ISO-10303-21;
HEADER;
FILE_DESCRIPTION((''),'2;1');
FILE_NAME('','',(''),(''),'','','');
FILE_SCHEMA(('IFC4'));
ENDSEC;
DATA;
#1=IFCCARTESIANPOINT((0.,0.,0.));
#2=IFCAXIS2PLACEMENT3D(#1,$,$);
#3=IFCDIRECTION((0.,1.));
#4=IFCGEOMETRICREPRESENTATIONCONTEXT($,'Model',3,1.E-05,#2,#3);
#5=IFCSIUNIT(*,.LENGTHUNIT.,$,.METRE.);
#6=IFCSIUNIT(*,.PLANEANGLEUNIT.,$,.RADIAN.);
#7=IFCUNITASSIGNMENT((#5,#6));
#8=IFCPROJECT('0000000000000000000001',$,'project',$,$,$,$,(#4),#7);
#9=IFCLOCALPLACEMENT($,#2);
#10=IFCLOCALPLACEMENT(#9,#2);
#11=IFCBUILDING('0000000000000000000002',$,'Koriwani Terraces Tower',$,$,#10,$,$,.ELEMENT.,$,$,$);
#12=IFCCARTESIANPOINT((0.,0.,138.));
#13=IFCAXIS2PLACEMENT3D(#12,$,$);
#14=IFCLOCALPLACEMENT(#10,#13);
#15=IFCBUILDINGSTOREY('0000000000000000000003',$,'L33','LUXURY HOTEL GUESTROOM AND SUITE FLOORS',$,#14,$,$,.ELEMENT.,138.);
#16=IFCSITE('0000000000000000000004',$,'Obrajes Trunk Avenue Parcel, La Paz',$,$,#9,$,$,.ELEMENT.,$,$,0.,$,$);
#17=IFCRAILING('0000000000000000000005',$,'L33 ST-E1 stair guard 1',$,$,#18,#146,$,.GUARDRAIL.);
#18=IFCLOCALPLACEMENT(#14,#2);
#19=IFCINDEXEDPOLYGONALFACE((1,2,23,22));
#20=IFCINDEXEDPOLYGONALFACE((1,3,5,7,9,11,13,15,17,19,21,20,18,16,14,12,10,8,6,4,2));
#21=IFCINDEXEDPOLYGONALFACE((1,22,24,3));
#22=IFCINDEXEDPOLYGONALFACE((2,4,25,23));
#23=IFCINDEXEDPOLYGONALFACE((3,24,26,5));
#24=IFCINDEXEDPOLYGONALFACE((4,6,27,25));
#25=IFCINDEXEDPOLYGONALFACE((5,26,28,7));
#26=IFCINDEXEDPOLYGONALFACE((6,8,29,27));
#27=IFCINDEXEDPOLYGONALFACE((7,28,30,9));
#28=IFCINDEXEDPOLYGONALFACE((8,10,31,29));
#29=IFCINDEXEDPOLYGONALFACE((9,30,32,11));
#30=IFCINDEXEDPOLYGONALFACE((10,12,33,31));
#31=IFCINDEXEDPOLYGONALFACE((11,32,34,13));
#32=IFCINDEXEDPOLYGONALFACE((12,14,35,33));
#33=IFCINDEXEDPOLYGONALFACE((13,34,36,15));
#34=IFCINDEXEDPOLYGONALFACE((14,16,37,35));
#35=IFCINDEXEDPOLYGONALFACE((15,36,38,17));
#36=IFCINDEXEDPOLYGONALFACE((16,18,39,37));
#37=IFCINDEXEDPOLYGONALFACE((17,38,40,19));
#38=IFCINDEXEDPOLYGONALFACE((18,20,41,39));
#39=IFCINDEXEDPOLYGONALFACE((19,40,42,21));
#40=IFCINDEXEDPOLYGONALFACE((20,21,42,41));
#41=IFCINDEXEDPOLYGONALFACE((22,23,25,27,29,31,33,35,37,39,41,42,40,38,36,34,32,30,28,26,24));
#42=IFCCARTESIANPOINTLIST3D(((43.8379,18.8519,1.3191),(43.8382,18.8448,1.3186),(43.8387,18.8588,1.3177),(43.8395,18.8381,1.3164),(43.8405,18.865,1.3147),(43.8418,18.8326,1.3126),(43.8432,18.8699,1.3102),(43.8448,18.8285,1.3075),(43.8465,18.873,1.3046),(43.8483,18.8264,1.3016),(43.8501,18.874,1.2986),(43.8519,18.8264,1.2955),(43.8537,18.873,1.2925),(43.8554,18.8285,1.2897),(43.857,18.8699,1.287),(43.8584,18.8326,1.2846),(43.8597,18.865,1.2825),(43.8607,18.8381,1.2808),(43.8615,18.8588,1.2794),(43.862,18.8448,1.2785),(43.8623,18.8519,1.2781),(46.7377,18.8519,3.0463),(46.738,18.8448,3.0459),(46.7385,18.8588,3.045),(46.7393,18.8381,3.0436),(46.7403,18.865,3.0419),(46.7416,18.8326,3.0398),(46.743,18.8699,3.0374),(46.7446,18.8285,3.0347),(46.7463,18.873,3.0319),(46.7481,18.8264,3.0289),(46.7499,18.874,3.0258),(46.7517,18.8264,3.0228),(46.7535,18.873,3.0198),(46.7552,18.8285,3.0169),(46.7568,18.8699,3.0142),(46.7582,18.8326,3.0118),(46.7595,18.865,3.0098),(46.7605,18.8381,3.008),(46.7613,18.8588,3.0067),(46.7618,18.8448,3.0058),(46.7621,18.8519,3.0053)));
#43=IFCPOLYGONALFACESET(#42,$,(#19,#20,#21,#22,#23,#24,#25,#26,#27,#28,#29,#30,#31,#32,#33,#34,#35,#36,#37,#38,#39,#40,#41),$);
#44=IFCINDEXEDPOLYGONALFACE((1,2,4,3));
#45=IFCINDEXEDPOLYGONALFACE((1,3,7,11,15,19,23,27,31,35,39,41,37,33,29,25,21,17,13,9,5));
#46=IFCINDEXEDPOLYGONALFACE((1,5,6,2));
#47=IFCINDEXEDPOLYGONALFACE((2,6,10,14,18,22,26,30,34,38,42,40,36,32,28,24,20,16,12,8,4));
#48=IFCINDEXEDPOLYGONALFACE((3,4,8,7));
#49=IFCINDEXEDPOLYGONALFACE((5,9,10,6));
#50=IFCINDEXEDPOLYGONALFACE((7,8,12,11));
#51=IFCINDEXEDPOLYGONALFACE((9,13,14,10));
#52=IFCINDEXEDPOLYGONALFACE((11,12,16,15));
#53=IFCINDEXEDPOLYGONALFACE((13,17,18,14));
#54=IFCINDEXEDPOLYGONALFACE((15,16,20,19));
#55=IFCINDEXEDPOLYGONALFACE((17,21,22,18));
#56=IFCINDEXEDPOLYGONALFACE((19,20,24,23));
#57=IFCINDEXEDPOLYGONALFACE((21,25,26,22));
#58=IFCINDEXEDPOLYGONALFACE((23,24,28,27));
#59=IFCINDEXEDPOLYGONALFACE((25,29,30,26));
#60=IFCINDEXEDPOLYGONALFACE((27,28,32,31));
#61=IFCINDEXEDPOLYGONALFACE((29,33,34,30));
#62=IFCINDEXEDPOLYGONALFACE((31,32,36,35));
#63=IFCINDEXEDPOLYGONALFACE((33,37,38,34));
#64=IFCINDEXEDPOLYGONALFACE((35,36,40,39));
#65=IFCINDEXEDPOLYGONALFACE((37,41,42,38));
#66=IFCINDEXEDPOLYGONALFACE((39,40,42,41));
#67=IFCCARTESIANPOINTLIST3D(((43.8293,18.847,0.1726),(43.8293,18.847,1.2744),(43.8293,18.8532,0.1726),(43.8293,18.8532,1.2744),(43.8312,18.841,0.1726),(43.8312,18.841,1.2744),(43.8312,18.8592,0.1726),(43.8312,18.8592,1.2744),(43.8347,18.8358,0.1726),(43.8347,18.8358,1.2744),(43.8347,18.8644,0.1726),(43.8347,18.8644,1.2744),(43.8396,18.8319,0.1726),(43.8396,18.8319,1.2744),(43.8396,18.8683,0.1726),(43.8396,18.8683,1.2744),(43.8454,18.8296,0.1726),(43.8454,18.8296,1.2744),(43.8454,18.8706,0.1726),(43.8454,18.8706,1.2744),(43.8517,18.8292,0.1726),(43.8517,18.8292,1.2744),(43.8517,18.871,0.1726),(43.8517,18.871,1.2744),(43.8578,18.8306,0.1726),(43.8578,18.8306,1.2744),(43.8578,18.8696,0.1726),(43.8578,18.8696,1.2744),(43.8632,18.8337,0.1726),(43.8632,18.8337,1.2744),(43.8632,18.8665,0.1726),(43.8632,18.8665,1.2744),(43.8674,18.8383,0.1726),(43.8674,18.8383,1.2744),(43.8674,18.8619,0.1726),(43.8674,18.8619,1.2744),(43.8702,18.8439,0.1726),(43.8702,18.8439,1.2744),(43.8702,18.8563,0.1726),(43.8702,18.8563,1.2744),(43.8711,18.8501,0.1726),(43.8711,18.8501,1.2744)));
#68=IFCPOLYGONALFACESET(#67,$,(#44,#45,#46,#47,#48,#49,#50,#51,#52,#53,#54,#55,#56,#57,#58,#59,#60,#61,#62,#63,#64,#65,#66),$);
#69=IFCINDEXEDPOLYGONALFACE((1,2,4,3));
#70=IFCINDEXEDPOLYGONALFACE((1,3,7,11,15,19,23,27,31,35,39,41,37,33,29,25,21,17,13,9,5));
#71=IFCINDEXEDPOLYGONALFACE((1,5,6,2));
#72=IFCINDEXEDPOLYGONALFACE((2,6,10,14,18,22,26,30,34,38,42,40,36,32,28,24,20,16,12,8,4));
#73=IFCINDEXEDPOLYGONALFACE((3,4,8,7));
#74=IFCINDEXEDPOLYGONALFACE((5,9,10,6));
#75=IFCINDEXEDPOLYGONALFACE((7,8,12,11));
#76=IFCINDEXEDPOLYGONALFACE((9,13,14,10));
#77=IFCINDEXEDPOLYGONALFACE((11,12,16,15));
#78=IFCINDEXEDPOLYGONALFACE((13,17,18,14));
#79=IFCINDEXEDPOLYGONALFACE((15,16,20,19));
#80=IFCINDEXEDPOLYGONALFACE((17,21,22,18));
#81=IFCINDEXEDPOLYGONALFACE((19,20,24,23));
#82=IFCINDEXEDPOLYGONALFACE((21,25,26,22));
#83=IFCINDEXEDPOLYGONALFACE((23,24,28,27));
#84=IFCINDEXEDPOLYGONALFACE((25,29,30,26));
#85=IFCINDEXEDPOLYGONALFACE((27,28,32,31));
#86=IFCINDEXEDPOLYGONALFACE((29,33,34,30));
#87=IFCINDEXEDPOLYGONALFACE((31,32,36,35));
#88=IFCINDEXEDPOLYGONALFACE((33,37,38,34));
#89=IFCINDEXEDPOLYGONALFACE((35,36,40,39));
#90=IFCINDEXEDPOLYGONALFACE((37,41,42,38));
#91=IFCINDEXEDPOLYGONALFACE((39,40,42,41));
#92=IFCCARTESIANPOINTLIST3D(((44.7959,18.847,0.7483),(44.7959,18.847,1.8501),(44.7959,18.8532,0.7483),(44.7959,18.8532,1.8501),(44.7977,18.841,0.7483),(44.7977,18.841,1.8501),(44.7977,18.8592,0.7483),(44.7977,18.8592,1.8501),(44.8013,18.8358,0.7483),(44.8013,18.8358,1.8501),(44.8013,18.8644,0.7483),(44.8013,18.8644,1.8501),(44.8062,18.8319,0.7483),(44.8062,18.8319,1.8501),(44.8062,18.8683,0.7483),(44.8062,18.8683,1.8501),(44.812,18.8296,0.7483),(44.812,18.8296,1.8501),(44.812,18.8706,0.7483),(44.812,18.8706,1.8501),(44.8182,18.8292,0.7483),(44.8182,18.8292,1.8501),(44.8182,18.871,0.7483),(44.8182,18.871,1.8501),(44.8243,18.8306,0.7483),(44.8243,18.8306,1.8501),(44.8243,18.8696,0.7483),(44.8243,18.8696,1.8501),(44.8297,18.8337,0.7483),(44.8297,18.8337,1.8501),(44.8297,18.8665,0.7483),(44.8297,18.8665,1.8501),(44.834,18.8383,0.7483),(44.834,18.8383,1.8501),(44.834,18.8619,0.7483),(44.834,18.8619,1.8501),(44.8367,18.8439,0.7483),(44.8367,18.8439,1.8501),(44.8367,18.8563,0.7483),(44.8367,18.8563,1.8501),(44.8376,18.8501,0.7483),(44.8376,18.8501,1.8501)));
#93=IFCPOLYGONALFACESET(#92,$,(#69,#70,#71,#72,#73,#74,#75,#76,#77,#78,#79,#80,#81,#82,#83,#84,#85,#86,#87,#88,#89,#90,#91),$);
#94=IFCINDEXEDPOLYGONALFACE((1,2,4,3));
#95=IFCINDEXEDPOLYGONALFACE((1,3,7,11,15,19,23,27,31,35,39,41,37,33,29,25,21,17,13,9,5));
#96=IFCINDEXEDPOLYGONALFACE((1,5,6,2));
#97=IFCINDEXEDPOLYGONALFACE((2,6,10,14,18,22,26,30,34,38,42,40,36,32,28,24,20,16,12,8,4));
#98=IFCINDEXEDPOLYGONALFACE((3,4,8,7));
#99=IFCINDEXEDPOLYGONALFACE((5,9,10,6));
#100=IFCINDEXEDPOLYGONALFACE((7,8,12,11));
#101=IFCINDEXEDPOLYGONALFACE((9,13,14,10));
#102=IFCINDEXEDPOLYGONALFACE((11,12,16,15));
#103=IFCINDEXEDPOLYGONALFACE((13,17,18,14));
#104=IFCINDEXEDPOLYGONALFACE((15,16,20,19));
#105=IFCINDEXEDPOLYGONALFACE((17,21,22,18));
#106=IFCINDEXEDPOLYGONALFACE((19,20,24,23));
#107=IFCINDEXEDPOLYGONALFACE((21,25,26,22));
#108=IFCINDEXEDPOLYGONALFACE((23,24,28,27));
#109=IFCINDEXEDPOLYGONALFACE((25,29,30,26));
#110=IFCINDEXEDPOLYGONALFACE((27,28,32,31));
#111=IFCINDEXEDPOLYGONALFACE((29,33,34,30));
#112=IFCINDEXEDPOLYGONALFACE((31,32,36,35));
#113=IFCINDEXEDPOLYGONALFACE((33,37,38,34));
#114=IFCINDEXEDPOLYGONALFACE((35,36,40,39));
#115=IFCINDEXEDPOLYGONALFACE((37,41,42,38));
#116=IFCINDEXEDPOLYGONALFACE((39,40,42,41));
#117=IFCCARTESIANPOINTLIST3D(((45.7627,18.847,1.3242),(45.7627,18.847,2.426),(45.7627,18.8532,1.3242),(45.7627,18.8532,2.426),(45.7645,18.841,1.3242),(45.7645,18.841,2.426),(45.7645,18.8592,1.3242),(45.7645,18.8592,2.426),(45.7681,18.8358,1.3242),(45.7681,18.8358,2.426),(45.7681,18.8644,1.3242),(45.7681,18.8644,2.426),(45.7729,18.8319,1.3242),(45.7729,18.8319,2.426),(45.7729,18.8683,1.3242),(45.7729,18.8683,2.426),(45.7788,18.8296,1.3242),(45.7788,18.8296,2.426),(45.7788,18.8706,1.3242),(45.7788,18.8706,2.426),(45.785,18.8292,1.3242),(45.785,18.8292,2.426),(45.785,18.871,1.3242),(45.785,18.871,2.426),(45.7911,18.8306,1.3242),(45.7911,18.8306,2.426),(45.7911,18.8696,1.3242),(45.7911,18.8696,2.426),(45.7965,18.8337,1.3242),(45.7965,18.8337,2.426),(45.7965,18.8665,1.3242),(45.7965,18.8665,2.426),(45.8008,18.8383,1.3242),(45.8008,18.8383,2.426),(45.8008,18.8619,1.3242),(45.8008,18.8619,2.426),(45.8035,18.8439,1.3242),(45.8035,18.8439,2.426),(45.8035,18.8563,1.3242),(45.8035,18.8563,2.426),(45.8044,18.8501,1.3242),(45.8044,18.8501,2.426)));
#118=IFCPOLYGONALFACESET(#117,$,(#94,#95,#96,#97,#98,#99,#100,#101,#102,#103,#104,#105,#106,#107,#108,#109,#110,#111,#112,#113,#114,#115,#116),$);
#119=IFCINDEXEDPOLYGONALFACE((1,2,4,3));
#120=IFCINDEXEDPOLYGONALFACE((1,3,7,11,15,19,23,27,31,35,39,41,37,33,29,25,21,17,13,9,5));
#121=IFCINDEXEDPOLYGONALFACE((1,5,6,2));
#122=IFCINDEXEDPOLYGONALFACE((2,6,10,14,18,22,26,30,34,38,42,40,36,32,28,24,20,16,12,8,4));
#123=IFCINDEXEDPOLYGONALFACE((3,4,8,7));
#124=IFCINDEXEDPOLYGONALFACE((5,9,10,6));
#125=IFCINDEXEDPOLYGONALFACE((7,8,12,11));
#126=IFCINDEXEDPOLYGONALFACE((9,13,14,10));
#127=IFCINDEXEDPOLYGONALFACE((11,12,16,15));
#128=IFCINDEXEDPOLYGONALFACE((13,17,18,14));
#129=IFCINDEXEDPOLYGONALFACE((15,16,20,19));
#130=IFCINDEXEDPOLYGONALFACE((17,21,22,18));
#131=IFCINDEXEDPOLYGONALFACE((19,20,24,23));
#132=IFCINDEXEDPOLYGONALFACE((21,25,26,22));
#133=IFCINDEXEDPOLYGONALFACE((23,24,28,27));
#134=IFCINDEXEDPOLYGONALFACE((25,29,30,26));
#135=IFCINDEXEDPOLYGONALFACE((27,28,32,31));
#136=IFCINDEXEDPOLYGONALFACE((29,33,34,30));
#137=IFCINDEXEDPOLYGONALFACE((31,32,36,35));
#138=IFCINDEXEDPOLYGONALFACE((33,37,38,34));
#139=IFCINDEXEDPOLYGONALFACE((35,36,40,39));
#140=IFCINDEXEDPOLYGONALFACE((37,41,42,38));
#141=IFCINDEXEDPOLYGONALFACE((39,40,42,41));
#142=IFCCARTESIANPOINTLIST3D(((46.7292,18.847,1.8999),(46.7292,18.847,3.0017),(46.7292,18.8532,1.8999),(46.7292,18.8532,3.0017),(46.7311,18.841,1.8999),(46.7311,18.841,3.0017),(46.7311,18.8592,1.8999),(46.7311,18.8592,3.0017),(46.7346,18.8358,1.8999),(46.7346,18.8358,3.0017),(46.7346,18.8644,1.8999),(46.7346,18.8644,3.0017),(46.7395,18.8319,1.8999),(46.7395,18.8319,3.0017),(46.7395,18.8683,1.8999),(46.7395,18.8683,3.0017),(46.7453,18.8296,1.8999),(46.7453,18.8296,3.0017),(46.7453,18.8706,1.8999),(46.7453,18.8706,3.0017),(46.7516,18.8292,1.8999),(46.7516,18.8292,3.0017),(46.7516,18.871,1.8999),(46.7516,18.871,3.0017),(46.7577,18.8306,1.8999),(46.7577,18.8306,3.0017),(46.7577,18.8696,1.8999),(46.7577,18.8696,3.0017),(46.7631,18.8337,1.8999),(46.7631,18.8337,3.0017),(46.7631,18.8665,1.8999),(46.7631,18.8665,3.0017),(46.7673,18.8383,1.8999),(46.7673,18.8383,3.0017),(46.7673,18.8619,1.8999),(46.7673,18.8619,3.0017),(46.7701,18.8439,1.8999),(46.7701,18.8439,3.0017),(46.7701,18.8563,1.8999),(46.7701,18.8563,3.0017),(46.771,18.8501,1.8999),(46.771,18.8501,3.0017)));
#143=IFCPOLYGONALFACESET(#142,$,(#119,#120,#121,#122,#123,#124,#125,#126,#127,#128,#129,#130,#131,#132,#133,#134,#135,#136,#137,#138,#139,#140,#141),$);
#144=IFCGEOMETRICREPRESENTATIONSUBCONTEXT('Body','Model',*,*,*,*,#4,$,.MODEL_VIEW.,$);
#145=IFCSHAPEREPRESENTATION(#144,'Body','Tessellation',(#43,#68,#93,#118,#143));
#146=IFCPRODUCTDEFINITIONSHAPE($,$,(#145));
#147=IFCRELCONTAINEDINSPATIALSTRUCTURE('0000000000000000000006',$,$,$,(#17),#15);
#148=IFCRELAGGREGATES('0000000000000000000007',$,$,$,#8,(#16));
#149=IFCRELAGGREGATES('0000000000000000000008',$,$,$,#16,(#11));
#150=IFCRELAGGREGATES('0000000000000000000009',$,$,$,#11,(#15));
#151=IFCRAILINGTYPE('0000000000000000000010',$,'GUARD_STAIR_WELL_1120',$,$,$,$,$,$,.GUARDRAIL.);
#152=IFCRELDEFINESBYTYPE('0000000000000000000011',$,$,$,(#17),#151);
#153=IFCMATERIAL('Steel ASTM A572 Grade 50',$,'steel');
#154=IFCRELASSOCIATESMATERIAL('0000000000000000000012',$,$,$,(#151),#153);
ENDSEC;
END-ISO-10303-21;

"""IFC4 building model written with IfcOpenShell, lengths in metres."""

from ifc_helpers import new_model, si_unit, direction, frame, origin, origin_2d, place, context, subcontext, project, spatial, circle, extrude, material, type_object, element, save


model = new_model("IFC4")

# Units and contexts
model_context = context("Model", 3, precision=1e-05, world=origin(), true_north=direction((0.0, 1.0)))
body_context = subcontext(model_context, "Body", "Model", "MODEL_VIEW")
ifc_project = project(units=[si_unit("LENGTHUNIT", "METRE"), si_unit("PLANEANGLEUNIT", "RADIAN")], contexts=[model_context])

# Site, building, storey
site_placement = place(None, origin())
site = spatial("IfcSite", under=ifc_project, at=site_placement, Name="Obrajes Trunk Avenue Parcel, La Paz", CompositionType="ELEMENT", RefElevation=0.0)
building_placement = place(site_placement, origin())
building = spatial("IfcBuilding", under=site, at=building_placement, Name="Koriwani Terraces Tower", CompositionType="ELEMENT")
storey_placement = place(building_placement, frame((0.0, 0.0, 138.0)))
storey = spatial("IfcBuildingStorey", under=building, at=storey_placement, Name="L33", Description="LUXURY HOTEL GUESTROOM AND SUITE FLOORS", CompositionType="ELEMENT", Elevation=138.0)

# Shared definitions
ifc_material_1 = material(Name="Steel ASTM A572 Grade 50", Category="steel")

# Railing
railing_type_1 = type_object("IfcRailingType", Name="GUARD_STAIR_WELL_1120", PredefinedType="GUARDRAIL", material=ifc_material_1)
railing_1_placement = place(storey_placement, frame((43.8501, 18.8501, 0.1726)))
element("IfcRailing", 1, at=railing_1_placement, inside=storey, type_object=railing_type_1, Name="L33 ST-E1 stair guard 1", PredefinedType="GUARDRAIL", context=body_context, shape_type="SweptSolid", body=[
    extrude(circle(Radius=0.0239, at=origin_2d()), frame((0.0, 0.0, 1.126), z_axis=(0.859141, 0.0, 0.511738), x_axis=(0.0, 1.0, 0.0)), (0.0, 0.0, 1.0), 3.3752),
    extrude(circle(Radius=0.021, at=origin_2d()), origin(), (0.0, 0.0, 1.0), 1.1018),
    extrude(circle(Radius=0.021, at=origin_2d()), frame((0.9666, 0.0, 0.5757)), (0.0, 0.0, 1.0), 1.1018),
    extrude(circle(Radius=0.021, at=origin_2d()), frame((1.9333, 0.0, 1.1516)), (0.0, 0.0, 1.0), 1.1018),
    extrude(circle(Radius=0.021, at=origin_2d()), frame((2.8999, 0.0, 1.7273)), (0.0, 0.0, 1.0), 1.1018),
])

save(model, "model.ifc")
